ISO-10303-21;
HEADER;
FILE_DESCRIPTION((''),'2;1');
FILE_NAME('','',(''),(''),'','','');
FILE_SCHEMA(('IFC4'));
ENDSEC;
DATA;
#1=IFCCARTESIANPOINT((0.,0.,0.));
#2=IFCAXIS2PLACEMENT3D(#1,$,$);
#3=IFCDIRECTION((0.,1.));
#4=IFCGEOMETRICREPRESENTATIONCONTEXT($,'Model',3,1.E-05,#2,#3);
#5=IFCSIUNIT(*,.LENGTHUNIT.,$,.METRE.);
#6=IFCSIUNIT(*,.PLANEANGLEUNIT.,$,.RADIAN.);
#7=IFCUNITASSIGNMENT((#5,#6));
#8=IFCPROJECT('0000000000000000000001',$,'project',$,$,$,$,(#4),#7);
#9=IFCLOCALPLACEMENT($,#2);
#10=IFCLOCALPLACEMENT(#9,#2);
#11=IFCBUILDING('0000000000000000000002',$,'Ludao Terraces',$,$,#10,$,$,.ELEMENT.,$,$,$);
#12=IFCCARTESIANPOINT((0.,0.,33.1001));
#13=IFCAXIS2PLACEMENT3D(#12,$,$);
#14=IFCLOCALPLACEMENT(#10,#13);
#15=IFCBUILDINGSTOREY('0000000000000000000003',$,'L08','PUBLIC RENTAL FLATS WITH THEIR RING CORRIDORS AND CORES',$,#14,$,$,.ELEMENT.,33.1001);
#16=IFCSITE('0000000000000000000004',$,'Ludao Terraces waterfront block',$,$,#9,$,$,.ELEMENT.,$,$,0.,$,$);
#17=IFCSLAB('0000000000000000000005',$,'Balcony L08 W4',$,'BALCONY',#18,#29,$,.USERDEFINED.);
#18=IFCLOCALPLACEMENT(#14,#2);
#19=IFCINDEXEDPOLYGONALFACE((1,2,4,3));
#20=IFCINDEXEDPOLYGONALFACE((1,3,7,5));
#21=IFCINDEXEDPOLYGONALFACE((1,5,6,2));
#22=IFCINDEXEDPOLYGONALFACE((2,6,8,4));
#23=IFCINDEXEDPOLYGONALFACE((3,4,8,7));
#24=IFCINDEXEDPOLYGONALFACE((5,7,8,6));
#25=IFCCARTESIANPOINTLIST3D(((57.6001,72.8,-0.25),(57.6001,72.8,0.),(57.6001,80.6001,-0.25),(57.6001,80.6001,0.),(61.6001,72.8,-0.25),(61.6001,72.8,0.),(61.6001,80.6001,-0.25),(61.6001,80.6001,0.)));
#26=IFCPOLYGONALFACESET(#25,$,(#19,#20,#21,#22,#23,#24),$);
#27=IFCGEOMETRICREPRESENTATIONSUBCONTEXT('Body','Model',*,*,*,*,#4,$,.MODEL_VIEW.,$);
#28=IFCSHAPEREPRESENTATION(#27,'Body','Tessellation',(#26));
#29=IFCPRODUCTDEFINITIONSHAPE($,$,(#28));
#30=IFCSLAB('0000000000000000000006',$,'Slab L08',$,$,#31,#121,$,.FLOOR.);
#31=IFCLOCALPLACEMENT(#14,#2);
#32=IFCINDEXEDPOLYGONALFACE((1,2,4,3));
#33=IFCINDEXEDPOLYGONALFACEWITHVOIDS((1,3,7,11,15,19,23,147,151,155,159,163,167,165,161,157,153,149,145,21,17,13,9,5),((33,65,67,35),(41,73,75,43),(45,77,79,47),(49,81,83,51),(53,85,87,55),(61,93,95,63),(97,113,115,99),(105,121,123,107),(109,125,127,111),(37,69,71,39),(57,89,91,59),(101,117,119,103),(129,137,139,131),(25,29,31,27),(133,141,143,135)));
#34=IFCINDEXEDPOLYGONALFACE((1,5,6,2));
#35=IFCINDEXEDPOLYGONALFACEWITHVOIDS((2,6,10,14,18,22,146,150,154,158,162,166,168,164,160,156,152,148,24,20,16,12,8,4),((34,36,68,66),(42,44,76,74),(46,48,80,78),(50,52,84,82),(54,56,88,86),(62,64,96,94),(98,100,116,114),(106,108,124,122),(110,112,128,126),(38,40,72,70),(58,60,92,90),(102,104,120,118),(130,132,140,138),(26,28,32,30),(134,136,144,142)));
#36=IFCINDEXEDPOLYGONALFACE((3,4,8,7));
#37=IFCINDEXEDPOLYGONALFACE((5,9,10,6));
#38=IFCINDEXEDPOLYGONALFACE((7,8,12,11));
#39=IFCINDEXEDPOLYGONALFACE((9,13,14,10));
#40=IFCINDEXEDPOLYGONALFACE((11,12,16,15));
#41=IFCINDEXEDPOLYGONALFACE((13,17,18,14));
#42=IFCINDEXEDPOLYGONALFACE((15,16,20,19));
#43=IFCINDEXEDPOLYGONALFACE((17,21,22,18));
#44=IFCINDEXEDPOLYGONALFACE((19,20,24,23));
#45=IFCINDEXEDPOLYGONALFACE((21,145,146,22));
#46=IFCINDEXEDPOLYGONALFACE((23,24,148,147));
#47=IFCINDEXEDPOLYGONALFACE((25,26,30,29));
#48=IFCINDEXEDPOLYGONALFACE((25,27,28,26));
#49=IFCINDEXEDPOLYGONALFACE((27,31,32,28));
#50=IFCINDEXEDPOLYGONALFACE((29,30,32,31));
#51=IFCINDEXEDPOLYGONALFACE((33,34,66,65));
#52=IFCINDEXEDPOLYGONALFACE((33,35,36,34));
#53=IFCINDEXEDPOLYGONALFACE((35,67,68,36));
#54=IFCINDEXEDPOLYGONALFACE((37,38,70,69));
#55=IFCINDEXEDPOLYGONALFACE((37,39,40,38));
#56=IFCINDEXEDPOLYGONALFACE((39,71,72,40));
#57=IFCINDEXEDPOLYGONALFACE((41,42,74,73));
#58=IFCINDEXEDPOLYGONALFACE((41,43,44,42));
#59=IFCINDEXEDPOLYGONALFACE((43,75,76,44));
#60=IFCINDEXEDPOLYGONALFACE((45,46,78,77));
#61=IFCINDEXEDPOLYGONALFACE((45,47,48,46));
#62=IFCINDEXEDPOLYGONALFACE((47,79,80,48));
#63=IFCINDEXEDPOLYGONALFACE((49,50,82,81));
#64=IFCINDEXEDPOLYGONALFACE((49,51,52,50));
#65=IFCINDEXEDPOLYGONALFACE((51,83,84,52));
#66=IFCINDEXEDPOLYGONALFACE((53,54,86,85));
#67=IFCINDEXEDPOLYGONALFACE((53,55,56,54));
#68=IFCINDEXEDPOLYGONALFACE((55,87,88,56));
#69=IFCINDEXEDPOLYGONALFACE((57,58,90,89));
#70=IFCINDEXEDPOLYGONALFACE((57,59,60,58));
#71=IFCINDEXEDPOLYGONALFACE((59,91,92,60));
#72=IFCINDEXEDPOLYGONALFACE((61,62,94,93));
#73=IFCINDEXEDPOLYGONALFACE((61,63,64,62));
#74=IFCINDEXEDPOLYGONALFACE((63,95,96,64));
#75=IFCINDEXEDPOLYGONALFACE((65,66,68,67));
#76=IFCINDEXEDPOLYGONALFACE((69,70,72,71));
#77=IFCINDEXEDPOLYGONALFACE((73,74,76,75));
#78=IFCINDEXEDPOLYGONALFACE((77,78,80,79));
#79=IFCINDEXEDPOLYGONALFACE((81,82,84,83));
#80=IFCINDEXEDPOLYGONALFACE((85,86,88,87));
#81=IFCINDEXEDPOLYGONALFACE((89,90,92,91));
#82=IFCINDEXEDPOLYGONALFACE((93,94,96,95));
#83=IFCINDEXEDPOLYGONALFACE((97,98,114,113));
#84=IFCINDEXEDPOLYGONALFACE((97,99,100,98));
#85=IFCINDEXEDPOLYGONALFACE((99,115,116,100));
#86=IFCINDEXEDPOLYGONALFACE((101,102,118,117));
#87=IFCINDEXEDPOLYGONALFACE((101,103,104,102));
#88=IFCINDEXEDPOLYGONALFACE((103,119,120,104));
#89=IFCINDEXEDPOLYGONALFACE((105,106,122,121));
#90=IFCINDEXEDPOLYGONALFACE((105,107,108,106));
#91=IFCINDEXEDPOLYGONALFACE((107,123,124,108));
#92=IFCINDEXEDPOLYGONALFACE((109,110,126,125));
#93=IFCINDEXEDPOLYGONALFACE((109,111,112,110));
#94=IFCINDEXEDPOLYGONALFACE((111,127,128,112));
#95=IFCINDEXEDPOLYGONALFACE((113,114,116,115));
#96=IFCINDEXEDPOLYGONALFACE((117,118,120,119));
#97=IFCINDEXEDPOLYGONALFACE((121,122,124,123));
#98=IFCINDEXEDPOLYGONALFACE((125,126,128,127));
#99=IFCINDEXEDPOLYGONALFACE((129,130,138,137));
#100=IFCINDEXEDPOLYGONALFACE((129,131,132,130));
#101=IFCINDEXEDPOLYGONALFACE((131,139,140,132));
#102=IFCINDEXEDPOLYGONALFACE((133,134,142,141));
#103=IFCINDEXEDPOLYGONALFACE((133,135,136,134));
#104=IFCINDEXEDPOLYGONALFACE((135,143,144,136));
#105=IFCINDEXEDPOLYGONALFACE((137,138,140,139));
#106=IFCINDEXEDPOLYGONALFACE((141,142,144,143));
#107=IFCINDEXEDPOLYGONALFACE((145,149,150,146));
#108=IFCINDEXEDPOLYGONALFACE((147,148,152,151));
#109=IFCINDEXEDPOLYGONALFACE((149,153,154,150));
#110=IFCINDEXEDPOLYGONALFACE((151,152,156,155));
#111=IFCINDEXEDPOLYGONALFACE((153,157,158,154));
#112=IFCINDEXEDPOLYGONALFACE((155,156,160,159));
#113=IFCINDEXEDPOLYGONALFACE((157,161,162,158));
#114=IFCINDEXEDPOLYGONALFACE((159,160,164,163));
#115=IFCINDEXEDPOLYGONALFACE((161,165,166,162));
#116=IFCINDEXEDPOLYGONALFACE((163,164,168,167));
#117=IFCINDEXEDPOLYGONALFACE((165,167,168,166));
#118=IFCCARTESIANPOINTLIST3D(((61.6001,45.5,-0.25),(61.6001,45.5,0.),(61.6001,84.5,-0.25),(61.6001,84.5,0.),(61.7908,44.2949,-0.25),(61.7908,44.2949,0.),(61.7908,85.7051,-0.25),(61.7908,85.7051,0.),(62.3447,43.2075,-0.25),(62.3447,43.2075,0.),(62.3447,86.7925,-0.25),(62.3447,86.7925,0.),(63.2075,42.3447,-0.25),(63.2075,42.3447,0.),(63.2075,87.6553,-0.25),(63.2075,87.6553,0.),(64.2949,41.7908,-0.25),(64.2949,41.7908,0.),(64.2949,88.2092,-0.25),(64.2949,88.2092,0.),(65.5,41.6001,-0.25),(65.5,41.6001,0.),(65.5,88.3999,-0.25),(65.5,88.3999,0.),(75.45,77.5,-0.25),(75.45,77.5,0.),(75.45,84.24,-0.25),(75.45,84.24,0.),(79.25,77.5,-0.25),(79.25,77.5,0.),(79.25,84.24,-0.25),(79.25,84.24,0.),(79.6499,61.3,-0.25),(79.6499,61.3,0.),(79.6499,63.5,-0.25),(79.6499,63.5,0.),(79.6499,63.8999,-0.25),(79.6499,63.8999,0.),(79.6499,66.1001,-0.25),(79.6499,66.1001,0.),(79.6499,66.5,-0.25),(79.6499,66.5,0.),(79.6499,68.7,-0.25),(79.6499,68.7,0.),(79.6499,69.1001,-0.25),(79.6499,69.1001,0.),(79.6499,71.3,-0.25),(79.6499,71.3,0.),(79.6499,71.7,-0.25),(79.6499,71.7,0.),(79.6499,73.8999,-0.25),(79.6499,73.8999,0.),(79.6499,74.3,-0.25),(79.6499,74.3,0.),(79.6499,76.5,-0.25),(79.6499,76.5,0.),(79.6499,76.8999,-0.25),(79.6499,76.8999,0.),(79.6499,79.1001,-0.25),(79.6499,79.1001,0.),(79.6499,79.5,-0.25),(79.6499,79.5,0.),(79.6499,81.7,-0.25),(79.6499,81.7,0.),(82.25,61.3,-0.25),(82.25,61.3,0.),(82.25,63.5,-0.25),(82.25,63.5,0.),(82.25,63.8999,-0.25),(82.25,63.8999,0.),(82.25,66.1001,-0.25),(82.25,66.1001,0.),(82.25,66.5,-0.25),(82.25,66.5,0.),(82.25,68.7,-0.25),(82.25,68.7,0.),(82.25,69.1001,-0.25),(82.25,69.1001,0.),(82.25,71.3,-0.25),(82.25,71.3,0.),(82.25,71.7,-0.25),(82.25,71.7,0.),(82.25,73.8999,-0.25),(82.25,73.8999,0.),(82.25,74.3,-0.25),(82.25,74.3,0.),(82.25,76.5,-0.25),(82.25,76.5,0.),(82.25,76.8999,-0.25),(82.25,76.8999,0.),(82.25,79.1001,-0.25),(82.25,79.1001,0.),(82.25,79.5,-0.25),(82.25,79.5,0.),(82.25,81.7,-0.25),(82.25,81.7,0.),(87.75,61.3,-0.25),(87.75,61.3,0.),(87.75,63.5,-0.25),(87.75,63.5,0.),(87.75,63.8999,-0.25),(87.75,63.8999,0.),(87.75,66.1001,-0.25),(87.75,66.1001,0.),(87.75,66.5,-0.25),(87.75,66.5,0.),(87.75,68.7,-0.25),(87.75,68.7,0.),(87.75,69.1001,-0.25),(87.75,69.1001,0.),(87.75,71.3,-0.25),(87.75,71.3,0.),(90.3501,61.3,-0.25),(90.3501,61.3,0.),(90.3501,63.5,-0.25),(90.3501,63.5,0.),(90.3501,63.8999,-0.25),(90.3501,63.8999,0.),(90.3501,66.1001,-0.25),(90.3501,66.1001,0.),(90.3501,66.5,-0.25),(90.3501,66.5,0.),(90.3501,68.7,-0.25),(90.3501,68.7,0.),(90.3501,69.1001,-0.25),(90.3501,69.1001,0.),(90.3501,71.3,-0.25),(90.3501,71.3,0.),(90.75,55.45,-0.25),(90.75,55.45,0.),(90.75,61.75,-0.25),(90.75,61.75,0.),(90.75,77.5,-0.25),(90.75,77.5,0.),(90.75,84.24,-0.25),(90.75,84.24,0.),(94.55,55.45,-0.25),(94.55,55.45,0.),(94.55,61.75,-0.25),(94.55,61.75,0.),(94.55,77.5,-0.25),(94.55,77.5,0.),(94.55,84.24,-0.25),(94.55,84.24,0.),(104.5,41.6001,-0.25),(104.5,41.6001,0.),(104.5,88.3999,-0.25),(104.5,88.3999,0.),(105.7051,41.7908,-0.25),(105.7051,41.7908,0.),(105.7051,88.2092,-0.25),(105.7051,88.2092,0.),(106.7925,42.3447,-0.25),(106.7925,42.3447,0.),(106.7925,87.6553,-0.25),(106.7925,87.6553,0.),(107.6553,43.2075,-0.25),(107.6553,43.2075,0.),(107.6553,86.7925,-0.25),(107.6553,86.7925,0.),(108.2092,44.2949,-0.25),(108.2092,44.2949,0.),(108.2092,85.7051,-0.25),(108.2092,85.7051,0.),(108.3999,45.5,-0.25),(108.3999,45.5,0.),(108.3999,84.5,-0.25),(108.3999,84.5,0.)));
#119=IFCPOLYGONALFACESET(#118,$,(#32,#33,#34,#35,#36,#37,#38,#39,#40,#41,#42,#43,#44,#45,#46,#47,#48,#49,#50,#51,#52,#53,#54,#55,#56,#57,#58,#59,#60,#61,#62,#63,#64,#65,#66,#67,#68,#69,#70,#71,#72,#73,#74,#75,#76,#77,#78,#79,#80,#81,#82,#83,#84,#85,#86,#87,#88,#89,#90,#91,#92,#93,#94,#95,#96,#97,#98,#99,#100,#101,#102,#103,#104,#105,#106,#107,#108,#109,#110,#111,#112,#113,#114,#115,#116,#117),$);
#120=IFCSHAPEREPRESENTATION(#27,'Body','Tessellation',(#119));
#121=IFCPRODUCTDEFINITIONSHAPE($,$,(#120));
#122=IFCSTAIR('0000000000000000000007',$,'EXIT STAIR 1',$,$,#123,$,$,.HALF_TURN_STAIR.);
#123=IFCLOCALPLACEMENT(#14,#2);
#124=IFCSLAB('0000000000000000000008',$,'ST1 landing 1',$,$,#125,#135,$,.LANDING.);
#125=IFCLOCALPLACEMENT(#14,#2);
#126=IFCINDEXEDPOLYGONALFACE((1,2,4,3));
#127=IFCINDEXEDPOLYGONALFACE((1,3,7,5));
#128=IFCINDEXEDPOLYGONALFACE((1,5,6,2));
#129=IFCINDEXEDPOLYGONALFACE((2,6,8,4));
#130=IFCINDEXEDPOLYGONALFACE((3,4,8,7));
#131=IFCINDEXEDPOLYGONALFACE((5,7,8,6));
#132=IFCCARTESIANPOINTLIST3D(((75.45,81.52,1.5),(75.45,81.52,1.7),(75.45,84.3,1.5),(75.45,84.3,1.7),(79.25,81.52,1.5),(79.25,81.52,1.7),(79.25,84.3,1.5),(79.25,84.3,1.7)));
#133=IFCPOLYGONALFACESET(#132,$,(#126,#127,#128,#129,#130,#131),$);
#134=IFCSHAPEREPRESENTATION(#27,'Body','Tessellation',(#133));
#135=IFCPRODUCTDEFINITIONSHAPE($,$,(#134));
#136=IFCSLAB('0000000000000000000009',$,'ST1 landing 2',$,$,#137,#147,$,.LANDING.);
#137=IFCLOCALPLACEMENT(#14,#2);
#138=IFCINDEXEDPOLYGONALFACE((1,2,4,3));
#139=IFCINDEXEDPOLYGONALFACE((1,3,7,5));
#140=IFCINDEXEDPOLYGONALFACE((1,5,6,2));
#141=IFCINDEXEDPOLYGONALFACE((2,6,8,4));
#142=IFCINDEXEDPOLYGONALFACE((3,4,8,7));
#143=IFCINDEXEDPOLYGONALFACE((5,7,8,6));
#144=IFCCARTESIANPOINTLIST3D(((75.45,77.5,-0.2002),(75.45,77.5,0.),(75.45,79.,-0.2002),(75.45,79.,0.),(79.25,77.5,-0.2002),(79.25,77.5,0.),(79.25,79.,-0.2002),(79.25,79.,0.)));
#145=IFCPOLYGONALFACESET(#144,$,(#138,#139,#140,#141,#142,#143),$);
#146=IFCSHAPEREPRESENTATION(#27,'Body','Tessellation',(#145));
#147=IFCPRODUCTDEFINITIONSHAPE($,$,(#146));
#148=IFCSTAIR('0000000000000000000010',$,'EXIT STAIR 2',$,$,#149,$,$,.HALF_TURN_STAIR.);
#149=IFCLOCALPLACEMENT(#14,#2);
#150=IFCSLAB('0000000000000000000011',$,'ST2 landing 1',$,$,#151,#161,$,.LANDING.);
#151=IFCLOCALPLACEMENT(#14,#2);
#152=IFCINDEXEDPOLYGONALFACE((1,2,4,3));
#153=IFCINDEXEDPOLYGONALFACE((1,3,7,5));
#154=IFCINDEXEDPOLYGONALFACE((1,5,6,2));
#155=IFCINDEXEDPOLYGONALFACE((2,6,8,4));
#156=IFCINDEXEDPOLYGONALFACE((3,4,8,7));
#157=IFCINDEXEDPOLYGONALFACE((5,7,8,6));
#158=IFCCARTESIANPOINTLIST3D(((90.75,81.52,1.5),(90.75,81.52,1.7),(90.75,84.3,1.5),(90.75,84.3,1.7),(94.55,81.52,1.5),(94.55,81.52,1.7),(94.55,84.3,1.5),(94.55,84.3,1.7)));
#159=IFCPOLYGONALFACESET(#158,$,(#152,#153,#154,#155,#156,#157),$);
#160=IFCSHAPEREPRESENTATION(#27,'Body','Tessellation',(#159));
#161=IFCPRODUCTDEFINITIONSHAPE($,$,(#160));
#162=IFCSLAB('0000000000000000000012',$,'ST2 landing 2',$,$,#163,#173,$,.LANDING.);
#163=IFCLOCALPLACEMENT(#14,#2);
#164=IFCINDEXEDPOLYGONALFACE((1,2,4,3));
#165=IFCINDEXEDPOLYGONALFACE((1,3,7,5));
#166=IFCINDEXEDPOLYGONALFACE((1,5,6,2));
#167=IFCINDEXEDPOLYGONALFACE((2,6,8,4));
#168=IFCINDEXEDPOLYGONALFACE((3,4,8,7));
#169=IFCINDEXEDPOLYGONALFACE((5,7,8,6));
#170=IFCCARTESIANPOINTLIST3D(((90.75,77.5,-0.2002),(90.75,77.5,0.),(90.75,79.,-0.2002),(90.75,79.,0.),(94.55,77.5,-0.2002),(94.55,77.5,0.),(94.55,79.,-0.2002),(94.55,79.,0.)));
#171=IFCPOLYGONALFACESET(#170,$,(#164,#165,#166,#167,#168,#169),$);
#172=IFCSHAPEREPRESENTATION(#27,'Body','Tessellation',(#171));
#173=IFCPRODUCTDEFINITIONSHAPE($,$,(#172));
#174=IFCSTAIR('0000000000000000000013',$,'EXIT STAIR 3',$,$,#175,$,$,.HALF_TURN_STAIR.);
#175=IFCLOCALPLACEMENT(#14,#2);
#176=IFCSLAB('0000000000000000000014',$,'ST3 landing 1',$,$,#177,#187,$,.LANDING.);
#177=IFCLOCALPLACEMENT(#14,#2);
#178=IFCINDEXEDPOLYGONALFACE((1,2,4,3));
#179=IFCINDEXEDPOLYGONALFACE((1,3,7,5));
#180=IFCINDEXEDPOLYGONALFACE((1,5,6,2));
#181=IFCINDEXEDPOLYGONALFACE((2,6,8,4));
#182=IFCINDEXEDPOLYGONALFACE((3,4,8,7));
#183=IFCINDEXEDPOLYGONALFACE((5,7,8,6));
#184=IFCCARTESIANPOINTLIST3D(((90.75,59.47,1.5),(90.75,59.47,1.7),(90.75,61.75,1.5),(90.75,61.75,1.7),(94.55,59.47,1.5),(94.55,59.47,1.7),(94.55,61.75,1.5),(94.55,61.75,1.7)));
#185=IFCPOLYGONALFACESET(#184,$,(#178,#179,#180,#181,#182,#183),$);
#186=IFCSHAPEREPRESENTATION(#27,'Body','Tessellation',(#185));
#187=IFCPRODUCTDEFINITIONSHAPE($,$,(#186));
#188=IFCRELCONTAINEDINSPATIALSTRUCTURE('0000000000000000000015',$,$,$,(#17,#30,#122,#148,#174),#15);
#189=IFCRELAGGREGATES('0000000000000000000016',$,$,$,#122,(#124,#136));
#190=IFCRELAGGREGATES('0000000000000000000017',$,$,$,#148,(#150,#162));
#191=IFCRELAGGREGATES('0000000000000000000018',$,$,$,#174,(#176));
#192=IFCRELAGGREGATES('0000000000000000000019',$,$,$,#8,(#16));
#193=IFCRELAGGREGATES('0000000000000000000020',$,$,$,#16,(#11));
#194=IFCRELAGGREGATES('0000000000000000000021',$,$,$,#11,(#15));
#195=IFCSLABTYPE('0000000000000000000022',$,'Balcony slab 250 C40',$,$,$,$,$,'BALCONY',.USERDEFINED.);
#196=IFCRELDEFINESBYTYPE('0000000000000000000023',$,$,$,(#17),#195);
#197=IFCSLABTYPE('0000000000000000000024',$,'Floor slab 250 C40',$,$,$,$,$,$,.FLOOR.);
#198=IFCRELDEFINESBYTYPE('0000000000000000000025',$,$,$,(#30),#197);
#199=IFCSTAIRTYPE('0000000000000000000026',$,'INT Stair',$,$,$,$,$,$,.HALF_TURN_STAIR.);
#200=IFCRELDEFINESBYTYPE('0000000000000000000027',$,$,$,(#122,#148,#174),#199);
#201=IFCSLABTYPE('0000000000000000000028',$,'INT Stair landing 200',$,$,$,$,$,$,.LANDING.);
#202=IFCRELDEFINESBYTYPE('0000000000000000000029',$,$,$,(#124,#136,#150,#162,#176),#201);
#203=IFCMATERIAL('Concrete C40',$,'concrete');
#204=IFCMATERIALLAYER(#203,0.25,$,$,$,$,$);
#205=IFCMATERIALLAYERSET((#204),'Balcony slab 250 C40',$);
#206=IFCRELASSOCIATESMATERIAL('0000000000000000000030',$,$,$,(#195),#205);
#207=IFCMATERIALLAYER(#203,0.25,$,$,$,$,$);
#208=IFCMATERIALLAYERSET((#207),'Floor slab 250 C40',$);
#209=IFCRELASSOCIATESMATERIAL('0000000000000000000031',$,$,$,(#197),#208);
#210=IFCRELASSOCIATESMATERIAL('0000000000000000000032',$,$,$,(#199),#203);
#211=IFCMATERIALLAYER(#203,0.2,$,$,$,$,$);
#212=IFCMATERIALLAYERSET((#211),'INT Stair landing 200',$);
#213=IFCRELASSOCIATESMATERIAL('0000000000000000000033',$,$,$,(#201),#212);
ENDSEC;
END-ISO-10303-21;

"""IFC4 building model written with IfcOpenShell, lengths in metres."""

from ifc_helpers import new_model, si_unit, direction, frame, origin, place, context, subcontext, project, spatial, polyline, outline, extrude, material, layer, layer_set, type_object, element, aggregate, save


model = new_model("IFC4")

# Units and contexts
model_context = context("Model", 3, precision=1e-05, world=origin(), true_north=direction((0.0, 1.0)))
body_context = subcontext(model_context, "Body", "Model", "MODEL_VIEW")
ifc_project = project(units=[si_unit("LENGTHUNIT", "METRE"), si_unit("PLANEANGLEUNIT", "RADIAN")], contexts=[model_context])

# Site, building, storey
site_placement = place(None, origin())
site = spatial("IfcSite", under=ifc_project, at=site_placement, Name="Ludao Terraces waterfront block", CompositionType="ELEMENT", RefElevation=0.0)
building_placement = place(site_placement, origin())
building = spatial("IfcBuilding", under=site, at=building_placement, Name="Ludao Terraces", CompositionType="ELEMENT")
storey_placement = place(building_placement, frame((0.0, 0.0, 33.1001)))
storey = spatial("IfcBuildingStorey", under=building, at=storey_placement, Name="L08", Description="PUBLIC RENTAL FLATS WITH THEIR RING CORRIDORS AND CORES", CompositionType="ELEMENT", Elevation=33.1001)

# Shared definitions
ifc_material_1 = material(Name="Concrete C40", Category="concrete")

# Slabs
ifc_layer_1 = layer(ifc_material_1, 0.25)
ifc_layer_set_1 = layer_set([ifc_layer_1], Name="Balcony slab 250 C40")
slab_type_1 = type_object("IfcSlabType", Name="Balcony slab 250 C40", ElementType="BALCONY", PredefinedType="USERDEFINED", material=ifc_layer_set_1)
slab_1_placement = place(storey_placement, frame((0.0, 0.0, -0.25)))
element("IfcSlab", 1, at=slab_1_placement, inside=storey, type_object=slab_type_1, Name="Balcony L08 W4", ObjectType="BALCONY", PredefinedType="USERDEFINED", context=body_context, shape_type="SweptSolid", body=[
    extrude(outline(polyline([(57.6001, 72.8), (61.6001, 72.8), (61.6001, 80.6001), (57.6001, 80.6001), (57.6001, 72.8)])), origin(), (0.0, 0.0, 1.0), 0.25),
])
ifc_layer_2 = layer(ifc_material_1, 0.25)
ifc_layer_set_2 = layer_set([ifc_layer_2], Name="Floor slab 250 C40")
slab_type_2 = type_object("IfcSlabType", Name="Floor slab 250 C40", PredefinedType="FLOOR", material=ifc_layer_set_2)
slab_2_placement = place(storey_placement, frame((0.0, 0.0, -0.25)))
element("IfcSlab", 2, at=slab_2_placement, inside=storey, type_object=slab_type_2, Name="Slab L08", PredefinedType="FLOOR", context=body_context, shape_type="SweptSolid", body=[
    extrude(outline(polyline([(104.5, 41.6001), (105.7051, 41.7908), (106.7925, 42.3447), (107.6553, 43.2075), (108.2092, 44.2949), (108.3999, 45.5), (108.3999, 84.5), (108.2092, 85.7051), (107.6553, 86.7925), (106.7925, 87.6553), (105.7051, 88.2092), (104.5, 88.3999), (65.5, 88.3999), (64.2949, 88.2092), (63.2075, 87.6553), (62.3447, 86.7925), (61.7908, 85.7051), (61.6001, 84.5), (61.6001, 45.5), (61.7908, 44.2949), (62.3447, 43.2075), (63.2075, 42.3447), (64.2949, 41.7908), (65.5, 41.6001), (104.5, 41.6001)]), holes=[polyline([(79.6499, 61.3), (82.25, 61.3), (82.25, 63.5), (79.6499, 63.5), (79.6499, 61.3)]), polyline([(79.6499, 63.8999), (82.25, 63.8999), (82.25, 66.1001), (79.6499, 66.1001), (79.6499, 63.8999)]), polyline([(79.6499, 66.5), (82.25, 66.5), (82.25, 68.7), (79.6499, 68.7), (79.6499, 66.5)]), polyline([(79.6499, 69.1001), (82.25, 69.1001), (82.25, 71.3), (79.6499, 71.3), (79.6499, 69.1001)]), polyline([(79.6499, 71.7), (82.25, 71.7), (82.25, 73.8999), (79.6499, 73.8999), (79.6499, 71.7)]), polyline([(79.6499, 74.3), (82.25, 74.3), (82.25, 76.5), (79.6499, 76.5), (79.6499, 74.3)]), polyline([(79.6499, 76.8999), (82.25, 76.8999), (82.25, 79.1001), (79.6499, 79.1001), (79.6499, 76.8999)]), polyline([(79.6499, 79.5), (82.25, 79.5), (82.25, 81.7), (79.6499, 81.7), (79.6499, 79.5)]), polyline([(87.75, 61.3), (90.3501, 61.3), (90.3501, 63.5), (87.75, 63.5), (87.75, 61.3)]), polyline([(87.75, 63.8999), (90.3501, 63.8999), (90.3501, 66.1001), (87.75, 66.1001), (87.75, 63.8999)]), polyline([(87.75, 66.5), (90.3501, 66.5), (90.3501, 68.7), (87.75, 68.7), (87.75, 66.5)]), polyline([(87.75, 69.1001), (90.3501, 69.1001), (90.3501, 71.3), (87.75, 71.3), (87.75, 69.1001)]), polyline([(75.45, 77.5), (79.25, 77.5), (79.25, 84.24), (75.45, 84.24), (75.45, 77.5)]), polyline([(90.75, 77.5), (94.55, 77.5), (94.55, 84.24), (90.75, 84.24), (90.75, 77.5)]), polyline([(90.75, 55.45), (94.55, 55.45), (94.55, 61.75), (90.75, 61.75), (90.75, 55.45)])]), origin(), (0.0, 0.0, 1.0), 0.25),
])

# Stairs, slabs
stair_type = type_object("IfcStairType", Name="INT Stair", PredefinedType="HALF_TURN_STAIR", material=ifc_material_1)
stair_1_placement = place(storey_placement, origin())
stair_1 = element("IfcStair", 3, at=stair_1_placement, inside=storey, type_object=stair_type, Name="EXIT STAIR 1", PredefinedType="HALF_TURN_STAIR")
ifc_layer_3 = layer(ifc_material_1, 0.2)
ifc_layer_set_3 = layer_set([ifc_layer_3], Name="INT Stair landing 200")
slab_type_3 = type_object("IfcSlabType", Name="INT Stair landing 200", PredefinedType="LANDING", material=ifc_layer_set_3)
slab_3_placement = place(storey_placement, frame((0.0, 0.0, 1.5)))
slab_3 = element("IfcSlab", 4, at=slab_3_placement, type_object=slab_type_3, Name="ST1 landing 1", PredefinedType="LANDING", context=body_context, shape_type="SweptSolid", body=[
    extrude(outline(polyline([(75.45, 81.52), (79.25, 81.52), (79.25, 84.3), (75.45, 84.3), (75.45, 81.52)])), origin(), (0.0, 0.0, 1.0), 0.2),
])
slab_4_placement = place(storey_placement, frame((0.0, 0.0, -0.2002)))
slab_4 = element("IfcSlab", 5, at=slab_4_placement, type_object=slab_type_3, Name="ST1 landing 2", PredefinedType="LANDING", context=body_context, shape_type="SweptSolid", body=[
    extrude(outline(polyline([(75.45, 77.5), (79.25, 77.5), (79.25, 79.0), (75.45, 79.0), (75.45, 77.5)])), origin(), (0.0, 0.0, 1.0), 0.2002),
])
aggregate(stair_1, [slab_3, slab_4])
stair_2_placement = place(storey_placement, origin())
stair_2 = element("IfcStair", 6, at=stair_2_placement, inside=storey, type_object=stair_type, Name="EXIT STAIR 2", PredefinedType="HALF_TURN_STAIR")
slab_5_placement = place(storey_placement, frame((0.0, 0.0, 1.5)))
slab_5 = element("IfcSlab", 7, at=slab_5_placement, type_object=slab_type_3, Name="ST2 landing 1", PredefinedType="LANDING", context=body_context, shape_type="SweptSolid", body=[
    extrude(outline(polyline([(90.75, 81.52), (94.55, 81.52), (94.55, 84.3), (90.75, 84.3), (90.75, 81.52)])), origin(), (0.0, 0.0, 1.0), 0.2),
])
slab_6_placement = place(storey_placement, frame((0.0, 0.0, -0.2002)))
slab_6 = element("IfcSlab", 8, at=slab_6_placement, type_object=slab_type_3, Name="ST2 landing 2", PredefinedType="LANDING", context=body_context, shape_type="SweptSolid", body=[
    extrude(outline(polyline([(90.75, 77.5), (94.55, 77.5), (94.55, 79.0), (90.75, 79.0), (90.75, 77.5)])), origin(), (0.0, 0.0, 1.0), 0.2002),
])
aggregate(stair_2, [slab_5, slab_6])
stair_3_placement = place(storey_placement, origin())
stair_3 = element("IfcStair", 9, at=stair_3_placement, inside=storey, type_object=stair_type, Name="EXIT STAIR 3", PredefinedType="HALF_TURN_STAIR")
slab_7_placement = place(storey_placement, frame((0.0, 0.0, 1.5)))
slab_7 = element("IfcSlab", 10, at=slab_7_placement, type_object=slab_type_3, Name="ST3 landing 1", PredefinedType="LANDING", context=body_context, shape_type="SweptSolid", body=[
    extrude(outline(polyline([(90.75, 59.47), (94.55, 59.47), (94.55, 61.75), (90.75, 61.75), (90.75, 59.47)])), origin(), (0.0, 0.0, 1.0), 0.2),
])
aggregate(stair_3, [slab_7])

save(model, "model.ifc")
